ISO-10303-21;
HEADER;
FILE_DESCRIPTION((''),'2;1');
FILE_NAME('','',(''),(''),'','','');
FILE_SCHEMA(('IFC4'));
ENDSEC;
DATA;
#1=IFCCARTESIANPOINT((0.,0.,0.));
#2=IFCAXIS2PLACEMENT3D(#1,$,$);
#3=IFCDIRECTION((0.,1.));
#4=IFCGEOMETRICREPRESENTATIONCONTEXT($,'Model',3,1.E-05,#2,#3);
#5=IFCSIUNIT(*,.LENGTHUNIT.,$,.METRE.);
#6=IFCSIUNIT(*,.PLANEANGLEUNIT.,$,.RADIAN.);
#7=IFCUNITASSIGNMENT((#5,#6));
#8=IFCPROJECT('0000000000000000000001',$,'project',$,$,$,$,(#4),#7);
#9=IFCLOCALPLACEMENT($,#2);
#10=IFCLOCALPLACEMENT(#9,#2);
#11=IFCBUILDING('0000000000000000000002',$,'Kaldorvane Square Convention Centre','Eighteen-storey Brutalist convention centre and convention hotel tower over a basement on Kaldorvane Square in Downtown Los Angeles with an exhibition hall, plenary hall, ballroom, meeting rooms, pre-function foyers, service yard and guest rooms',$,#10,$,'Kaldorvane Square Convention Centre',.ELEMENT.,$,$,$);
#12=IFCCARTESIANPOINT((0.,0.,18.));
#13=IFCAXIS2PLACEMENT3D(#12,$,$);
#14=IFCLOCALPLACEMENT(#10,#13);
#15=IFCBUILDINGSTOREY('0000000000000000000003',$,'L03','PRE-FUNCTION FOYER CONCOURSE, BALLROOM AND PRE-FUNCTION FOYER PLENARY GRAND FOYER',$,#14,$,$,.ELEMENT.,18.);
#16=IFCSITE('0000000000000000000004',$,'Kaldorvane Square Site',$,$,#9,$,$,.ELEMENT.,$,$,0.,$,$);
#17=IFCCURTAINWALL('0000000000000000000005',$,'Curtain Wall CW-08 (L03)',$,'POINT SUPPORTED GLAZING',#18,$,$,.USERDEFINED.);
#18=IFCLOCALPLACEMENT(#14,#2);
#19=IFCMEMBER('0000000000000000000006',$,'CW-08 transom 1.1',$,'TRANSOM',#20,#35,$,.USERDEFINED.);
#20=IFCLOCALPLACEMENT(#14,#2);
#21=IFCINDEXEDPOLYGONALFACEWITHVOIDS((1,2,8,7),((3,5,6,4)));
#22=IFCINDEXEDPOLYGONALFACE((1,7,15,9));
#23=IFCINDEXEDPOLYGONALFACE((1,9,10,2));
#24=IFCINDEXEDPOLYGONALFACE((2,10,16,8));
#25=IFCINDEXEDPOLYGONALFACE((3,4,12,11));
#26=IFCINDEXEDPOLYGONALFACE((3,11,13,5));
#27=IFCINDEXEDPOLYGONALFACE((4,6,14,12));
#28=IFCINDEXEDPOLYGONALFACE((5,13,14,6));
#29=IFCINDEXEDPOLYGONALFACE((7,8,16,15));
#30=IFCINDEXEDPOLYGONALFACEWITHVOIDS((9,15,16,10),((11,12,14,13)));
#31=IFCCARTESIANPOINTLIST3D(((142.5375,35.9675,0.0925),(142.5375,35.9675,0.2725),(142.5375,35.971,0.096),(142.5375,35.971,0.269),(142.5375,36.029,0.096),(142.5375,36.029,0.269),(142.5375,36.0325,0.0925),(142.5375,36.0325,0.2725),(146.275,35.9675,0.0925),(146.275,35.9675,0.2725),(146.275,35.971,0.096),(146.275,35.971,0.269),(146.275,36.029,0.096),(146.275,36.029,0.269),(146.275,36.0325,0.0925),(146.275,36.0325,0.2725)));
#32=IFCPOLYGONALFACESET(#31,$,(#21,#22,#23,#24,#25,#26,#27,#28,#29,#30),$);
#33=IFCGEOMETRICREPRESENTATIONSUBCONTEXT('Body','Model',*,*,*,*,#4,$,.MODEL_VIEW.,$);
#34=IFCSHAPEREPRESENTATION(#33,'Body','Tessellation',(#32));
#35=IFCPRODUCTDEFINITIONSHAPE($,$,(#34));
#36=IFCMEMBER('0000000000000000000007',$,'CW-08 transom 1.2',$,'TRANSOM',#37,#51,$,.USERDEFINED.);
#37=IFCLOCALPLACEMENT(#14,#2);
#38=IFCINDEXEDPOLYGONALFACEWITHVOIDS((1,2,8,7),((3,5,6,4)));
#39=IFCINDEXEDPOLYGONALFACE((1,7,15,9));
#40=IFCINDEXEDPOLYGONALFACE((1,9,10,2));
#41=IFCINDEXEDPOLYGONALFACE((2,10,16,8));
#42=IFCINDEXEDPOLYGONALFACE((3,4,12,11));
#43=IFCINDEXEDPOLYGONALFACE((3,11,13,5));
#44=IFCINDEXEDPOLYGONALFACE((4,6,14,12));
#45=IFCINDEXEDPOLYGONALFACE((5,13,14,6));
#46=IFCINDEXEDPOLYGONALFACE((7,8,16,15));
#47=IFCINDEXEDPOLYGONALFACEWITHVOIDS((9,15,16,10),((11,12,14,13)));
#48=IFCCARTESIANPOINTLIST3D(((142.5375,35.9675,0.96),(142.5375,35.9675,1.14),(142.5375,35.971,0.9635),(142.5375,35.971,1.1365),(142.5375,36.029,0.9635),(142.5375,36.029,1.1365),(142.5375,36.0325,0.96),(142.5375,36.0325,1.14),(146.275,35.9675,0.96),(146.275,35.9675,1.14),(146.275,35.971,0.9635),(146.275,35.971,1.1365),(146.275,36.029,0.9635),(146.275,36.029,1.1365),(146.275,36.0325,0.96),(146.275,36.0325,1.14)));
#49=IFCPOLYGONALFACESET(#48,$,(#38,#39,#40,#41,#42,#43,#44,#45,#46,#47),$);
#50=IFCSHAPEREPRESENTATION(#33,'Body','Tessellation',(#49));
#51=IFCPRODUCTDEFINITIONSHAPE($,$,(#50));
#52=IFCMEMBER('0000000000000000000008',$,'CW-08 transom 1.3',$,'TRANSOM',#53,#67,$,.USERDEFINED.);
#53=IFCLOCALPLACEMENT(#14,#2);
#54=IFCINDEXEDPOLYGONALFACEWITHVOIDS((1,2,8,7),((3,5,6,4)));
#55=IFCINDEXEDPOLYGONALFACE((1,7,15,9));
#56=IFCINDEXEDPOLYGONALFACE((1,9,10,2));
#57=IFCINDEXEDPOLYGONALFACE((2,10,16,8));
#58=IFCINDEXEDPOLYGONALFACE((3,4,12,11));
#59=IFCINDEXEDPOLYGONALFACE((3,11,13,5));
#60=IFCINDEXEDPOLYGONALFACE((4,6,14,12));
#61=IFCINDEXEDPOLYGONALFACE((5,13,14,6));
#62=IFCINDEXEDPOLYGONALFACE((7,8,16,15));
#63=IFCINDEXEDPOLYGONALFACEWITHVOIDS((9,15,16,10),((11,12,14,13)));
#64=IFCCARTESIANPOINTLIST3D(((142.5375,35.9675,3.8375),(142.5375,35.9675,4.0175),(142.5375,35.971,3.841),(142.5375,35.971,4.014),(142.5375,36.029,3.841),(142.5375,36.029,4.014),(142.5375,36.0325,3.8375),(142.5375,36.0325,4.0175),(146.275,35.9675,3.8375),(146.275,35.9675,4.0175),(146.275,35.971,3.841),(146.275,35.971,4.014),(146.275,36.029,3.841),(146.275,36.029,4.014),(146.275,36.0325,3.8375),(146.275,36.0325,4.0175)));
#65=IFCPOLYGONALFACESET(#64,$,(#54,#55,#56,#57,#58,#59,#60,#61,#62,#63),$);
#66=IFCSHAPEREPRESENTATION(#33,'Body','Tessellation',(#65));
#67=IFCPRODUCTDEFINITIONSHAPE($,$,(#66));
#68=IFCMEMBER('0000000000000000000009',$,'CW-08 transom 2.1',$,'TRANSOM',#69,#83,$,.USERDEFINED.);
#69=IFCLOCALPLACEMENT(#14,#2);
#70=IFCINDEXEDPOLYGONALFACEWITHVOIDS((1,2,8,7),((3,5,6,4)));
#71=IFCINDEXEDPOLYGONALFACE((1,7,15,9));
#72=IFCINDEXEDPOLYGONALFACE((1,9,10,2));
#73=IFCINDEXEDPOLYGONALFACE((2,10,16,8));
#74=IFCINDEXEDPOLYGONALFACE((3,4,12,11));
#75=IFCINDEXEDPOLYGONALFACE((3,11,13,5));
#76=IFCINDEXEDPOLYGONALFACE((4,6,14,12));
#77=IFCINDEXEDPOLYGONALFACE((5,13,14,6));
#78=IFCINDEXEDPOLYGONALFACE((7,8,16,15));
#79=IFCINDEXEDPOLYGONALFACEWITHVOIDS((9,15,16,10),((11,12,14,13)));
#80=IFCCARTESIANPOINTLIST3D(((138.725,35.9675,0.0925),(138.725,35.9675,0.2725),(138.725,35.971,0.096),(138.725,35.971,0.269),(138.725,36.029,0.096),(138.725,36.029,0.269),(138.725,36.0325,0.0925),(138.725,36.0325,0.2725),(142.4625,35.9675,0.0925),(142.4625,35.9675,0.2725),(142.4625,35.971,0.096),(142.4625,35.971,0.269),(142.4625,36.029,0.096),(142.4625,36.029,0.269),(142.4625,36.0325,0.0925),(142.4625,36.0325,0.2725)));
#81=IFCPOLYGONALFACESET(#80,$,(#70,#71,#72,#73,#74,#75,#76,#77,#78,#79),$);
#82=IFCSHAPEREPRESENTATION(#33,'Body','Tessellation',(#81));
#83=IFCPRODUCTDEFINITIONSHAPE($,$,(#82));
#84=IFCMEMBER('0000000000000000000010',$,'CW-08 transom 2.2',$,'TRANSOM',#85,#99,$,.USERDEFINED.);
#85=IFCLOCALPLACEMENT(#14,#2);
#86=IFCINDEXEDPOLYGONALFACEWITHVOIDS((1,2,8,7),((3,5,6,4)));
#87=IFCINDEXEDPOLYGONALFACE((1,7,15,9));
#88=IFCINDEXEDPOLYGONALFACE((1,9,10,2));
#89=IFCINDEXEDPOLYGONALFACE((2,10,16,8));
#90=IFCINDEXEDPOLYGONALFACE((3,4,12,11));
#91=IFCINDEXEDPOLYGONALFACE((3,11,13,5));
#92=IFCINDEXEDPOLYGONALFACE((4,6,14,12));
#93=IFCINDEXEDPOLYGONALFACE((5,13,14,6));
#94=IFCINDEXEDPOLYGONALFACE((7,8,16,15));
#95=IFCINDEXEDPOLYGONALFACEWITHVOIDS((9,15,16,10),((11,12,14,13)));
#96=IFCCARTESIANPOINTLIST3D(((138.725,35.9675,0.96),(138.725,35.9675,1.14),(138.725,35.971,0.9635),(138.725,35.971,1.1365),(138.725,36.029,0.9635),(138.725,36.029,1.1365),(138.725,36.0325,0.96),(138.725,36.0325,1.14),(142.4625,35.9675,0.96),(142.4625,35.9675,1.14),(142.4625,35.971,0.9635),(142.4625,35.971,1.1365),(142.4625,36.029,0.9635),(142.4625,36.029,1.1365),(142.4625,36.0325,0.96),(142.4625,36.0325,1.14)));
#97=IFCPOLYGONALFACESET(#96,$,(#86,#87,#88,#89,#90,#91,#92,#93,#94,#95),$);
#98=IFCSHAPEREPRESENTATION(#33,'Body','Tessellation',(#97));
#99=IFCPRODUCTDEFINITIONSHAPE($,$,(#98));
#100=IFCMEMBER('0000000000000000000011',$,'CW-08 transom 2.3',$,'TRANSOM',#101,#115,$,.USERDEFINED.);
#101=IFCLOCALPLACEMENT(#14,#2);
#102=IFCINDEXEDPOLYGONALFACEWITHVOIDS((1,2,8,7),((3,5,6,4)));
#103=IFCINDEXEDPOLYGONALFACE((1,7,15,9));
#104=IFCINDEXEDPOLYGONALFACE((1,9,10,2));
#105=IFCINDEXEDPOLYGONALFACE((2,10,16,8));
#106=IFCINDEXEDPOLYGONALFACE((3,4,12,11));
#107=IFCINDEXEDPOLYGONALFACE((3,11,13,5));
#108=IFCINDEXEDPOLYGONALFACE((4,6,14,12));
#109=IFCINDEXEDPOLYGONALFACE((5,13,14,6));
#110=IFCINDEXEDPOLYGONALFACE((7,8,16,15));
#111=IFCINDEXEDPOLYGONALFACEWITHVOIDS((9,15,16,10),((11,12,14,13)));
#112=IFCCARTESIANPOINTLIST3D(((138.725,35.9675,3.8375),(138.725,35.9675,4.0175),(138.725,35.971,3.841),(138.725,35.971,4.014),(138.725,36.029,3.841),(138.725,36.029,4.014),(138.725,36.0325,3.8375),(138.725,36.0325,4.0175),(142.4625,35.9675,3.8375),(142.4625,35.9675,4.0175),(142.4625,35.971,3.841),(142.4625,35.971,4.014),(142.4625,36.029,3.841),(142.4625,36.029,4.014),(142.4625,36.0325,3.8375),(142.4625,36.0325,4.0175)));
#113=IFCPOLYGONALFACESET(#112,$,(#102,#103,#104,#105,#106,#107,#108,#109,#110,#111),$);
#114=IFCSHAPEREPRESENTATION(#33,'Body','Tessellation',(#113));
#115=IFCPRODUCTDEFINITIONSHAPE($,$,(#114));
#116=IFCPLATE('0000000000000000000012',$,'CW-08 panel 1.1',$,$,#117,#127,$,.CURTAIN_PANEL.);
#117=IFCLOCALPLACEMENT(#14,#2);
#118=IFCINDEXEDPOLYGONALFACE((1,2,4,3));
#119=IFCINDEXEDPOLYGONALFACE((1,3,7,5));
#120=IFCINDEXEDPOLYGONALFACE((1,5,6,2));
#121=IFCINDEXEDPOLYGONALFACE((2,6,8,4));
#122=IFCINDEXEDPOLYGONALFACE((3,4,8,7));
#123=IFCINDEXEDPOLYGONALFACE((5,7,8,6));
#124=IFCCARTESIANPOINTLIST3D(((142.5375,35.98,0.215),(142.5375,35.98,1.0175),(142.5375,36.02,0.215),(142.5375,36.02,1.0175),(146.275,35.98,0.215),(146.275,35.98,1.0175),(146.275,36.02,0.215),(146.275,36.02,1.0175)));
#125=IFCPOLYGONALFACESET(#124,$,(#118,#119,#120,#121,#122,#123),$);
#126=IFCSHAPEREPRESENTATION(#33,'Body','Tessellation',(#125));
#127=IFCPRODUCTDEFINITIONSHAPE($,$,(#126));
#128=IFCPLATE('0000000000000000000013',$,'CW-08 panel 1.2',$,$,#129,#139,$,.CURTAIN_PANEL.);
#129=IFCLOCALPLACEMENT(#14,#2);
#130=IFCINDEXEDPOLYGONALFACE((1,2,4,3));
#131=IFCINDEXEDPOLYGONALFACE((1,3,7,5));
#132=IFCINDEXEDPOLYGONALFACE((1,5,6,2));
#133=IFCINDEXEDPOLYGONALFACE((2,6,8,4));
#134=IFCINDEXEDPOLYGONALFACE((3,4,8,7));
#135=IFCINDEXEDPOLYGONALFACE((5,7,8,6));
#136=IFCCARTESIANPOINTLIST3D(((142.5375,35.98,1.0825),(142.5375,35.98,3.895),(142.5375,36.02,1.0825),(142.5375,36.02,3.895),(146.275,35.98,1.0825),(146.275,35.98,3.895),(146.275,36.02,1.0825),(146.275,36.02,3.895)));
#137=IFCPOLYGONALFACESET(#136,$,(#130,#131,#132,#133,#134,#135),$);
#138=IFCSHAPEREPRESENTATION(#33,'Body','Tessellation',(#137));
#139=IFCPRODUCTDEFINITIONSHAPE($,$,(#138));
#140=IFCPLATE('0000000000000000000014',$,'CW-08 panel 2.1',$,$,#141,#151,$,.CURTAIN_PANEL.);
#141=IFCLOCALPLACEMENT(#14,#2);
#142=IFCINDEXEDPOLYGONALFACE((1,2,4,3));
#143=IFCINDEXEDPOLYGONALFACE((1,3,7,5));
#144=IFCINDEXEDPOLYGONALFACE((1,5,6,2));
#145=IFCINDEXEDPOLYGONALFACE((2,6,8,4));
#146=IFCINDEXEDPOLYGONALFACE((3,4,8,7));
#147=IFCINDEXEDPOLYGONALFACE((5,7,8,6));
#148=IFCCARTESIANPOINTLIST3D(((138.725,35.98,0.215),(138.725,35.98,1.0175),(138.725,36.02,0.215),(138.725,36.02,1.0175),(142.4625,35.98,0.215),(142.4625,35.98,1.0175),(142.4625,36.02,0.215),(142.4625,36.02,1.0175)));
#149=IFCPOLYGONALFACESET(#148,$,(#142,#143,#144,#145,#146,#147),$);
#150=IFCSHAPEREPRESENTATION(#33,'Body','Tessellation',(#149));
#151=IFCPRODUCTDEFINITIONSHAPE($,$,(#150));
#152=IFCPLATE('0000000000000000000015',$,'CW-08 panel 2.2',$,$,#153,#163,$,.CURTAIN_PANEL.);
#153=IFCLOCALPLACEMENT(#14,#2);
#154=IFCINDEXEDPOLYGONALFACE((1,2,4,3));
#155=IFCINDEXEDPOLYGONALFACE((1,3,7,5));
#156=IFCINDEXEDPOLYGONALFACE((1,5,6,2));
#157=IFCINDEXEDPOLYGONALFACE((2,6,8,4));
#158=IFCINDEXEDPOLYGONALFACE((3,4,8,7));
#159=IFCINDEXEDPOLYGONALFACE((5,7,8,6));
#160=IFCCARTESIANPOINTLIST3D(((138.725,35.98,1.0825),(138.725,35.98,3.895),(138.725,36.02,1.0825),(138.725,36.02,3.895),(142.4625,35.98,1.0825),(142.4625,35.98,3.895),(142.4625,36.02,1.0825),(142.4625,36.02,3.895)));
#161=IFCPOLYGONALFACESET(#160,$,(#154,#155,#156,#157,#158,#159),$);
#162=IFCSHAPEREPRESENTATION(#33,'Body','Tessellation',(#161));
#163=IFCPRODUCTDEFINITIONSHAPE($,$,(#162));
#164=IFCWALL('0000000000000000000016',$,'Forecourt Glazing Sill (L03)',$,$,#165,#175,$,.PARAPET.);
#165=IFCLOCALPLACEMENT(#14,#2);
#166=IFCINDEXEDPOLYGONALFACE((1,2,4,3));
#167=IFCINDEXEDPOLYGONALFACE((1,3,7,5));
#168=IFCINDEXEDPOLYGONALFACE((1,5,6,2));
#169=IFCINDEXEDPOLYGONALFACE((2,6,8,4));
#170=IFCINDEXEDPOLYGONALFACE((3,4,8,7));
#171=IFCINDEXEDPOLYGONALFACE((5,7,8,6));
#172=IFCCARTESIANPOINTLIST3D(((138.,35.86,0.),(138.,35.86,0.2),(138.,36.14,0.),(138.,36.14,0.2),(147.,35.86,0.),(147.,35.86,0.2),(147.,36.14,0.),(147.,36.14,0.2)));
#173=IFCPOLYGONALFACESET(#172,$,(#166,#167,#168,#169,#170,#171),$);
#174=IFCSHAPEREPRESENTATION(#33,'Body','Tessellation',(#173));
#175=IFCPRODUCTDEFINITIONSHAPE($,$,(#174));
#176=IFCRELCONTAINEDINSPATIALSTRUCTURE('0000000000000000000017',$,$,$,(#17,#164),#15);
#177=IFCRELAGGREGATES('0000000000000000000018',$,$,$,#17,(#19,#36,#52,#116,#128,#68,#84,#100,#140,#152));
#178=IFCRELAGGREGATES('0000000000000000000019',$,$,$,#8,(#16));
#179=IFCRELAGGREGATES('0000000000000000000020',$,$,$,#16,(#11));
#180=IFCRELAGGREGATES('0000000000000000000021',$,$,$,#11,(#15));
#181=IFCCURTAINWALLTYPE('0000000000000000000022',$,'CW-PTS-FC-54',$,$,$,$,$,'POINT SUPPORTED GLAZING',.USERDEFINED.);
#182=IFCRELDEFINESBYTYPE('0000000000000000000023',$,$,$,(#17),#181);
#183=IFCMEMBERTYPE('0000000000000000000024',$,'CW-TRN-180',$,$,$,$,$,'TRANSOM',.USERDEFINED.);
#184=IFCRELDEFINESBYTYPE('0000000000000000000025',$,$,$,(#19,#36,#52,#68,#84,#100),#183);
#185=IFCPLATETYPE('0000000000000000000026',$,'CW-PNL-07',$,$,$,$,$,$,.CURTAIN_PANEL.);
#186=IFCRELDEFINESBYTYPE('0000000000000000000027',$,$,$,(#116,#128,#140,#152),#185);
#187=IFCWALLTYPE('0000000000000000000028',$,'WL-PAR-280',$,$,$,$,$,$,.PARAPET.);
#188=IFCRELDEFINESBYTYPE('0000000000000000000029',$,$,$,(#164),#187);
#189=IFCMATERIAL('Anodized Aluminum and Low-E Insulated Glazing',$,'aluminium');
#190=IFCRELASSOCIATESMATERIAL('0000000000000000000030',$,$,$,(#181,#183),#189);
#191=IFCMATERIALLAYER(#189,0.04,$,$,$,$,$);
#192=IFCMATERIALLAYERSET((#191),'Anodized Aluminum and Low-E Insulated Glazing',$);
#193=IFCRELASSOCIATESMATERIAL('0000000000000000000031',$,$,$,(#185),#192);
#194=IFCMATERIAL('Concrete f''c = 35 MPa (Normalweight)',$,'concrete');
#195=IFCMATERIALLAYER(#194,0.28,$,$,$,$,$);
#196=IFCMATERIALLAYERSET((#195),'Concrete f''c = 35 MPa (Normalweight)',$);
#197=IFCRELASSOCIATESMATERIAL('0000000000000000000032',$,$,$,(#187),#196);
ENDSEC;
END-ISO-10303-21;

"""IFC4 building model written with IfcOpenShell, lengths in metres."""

from ifc_helpers import new_model, si_unit, direction, frame, frame_2d, origin, origin_2d, place, context, subcontext, project, spatial, rectangle, hollow_rectangle, extrude, material, layer, layer_set, material_profile, profile_set, type_object, element, aggregate, save


model = new_model("IFC4")

# Units and contexts
model_context = context("Model", 3, precision=1e-05, world=origin(), true_north=direction((0.0, 1.0)))
body_context = subcontext(model_context, "Body", "Model", "MODEL_VIEW")
ifc_project = project(units=[si_unit("LENGTHUNIT", "METRE"), si_unit("PLANEANGLEUNIT", "RADIAN")], contexts=[model_context])

# Site, building, storey
site_placement = place(None, origin())
site = spatial("IfcSite", under=ifc_project, at=site_placement, Name="Kaldorvane Square Site", CompositionType="ELEMENT", RefElevation=0.0)
building_placement = place(site_placement, origin())
building = spatial("IfcBuilding", under=site, at=building_placement, Name="Kaldorvane Square Convention Centre", Description="Eighteen-storey Brutalist convention centre and convention hotel tower over a basement on Kaldorvane Square in Downtown Los Angeles with an exhibition hall, plenary hall, ballroom, meeting rooms, pre-function foyers, service yard and guest rooms", LongName="Kaldorvane Square Convention Centre", CompositionType="ELEMENT")
storey_placement = place(building_placement, frame((0.0, 0.0, 18.0)))
storey = spatial("IfcBuildingStorey", under=building, at=storey_placement, Name="L03", Description="PRE-FUNCTION FOYER CONCOURSE, BALLROOM AND PRE-FUNCTION FOYER PLENARY GRAND FOYER", CompositionType="ELEMENT", Elevation=18.0)

# Curtain wall, members, plates
ifc_material_1 = material(Name="Anodized Aluminum and Low-E Insulated Glazing", Category="aluminium")
curtain_wall_type = type_object("IfcCurtainWallType", Name="CW-PTS-FC-54", ElementType="POINT SUPPORTED GLAZING", PredefinedType="USERDEFINED", material=ifc_material_1)
curtain_wall_placement = place(storey_placement, origin())
curtain_wall = element("IfcCurtainWall", 1, at=curtain_wall_placement, inside=storey, type_object=curtain_wall_type, Name="Curtain Wall CW-08 (L03)", ObjectType="POINT SUPPORTED GLAZING", PredefinedType="USERDEFINED")
ifc_material_profile_1 = material_profile(ifc_material_1, hollow_rectangle(XDim=0.065, YDim=0.18, WallThickness=0.0035, at=origin_2d()), Name="CWT-180X65")
ifc_profile_set_1 = profile_set([ifc_material_profile_1], Name="Anodized Aluminum and Low-E Insulated Glazing")
member_type_1 = type_object("IfcMemberType", Name="CW-TRN-180", ElementType="TRANSOM", PredefinedType="USERDEFINED", material=ifc_profile_set_1)
member_1_placement = place(storey_placement, frame((146.275, 36.0, 0.1825), z_axis=(-1.0, 0.0, 0.0), x_axis=(0.0, -1.0, 0.0)))
member_1 = element("IfcMember", 2, at=member_1_placement, type_object=member_type_1, Name="CW-08 transom 1.1", ObjectType="TRANSOM", PredefinedType="USERDEFINED", context=body_context, shape_type="SweptSolid", body=[
    extrude(hollow_rectangle(XDim=0.065, YDim=0.18, WallThickness=0.0035, at=origin_2d()), origin(), (0.0, 0.0, 1.0), 3.7375),
])
member_2_placement = place(storey_placement, frame((146.275, 36.0, 1.05), z_axis=(-1.0, 0.0, 0.0), x_axis=(0.0, -1.0, 0.0)))
member_2 = element("IfcMember", 3, at=member_2_placement, type_object=member_type_1, Name="CW-08 transom 1.2", ObjectType="TRANSOM", PredefinedType="USERDEFINED", context=body_context, shape_type="SweptSolid", body=[
    extrude(hollow_rectangle(XDim=0.065, YDim=0.18, WallThickness=0.0035, at=origin_2d()), origin(), (0.0, 0.0, 1.0), 3.7375),
])
member_3_placement = place(storey_placement, frame((146.275, 36.0, 3.9275), z_axis=(-1.0, 0.0, 0.0), x_axis=(0.0, -1.0, 0.0)))
member_3 = element("IfcMember", 4, at=member_3_placement, type_object=member_type_1, Name="CW-08 transom 1.3", ObjectType="TRANSOM", PredefinedType="USERDEFINED", context=body_context, shape_type="SweptSolid", body=[
    extrude(hollow_rectangle(XDim=0.065, YDim=0.18, WallThickness=0.0035, at=origin_2d()), origin(), (0.0, 0.0, 1.0), 3.7375),
])
member_4_placement = place(storey_placement, frame((142.4625, 36.0, 0.1825), z_axis=(-1.0, 0.0, 0.0), x_axis=(0.0, -1.0, 0.0)))
member_4 = element("IfcMember", 5, at=member_4_placement, type_object=member_type_1, Name="CW-08 transom 2.1", ObjectType="TRANSOM", PredefinedType="USERDEFINED", context=body_context, shape_type="SweptSolid", body=[
    extrude(hollow_rectangle(XDim=0.065, YDim=0.18, WallThickness=0.0035, at=origin_2d()), origin(), (0.0, 0.0, 1.0), 3.7375),
])
member_5_placement = place(storey_placement, frame((142.4625, 36.0, 1.05), z_axis=(-1.0, 0.0, 0.0), x_axis=(0.0, -1.0, 0.0)))
member_5 = element("IfcMember", 6, at=member_5_placement, type_object=member_type_1, Name="CW-08 transom 2.2", ObjectType="TRANSOM", PredefinedType="USERDEFINED", context=body_context, shape_type="SweptSolid", body=[
    extrude(hollow_rectangle(XDim=0.065, YDim=0.18, WallThickness=0.0035, at=origin_2d()), origin(), (0.0, 0.0, 1.0), 3.7375),
])
member_6_placement = place(storey_placement, frame((142.4625, 36.0, 3.9275), z_axis=(-1.0, 0.0, 0.0), x_axis=(0.0, -1.0, 0.0)))
member_6 = element("IfcMember", 7, at=member_6_placement, type_object=member_type_1, Name="CW-08 transom 2.3", ObjectType="TRANSOM", PredefinedType="USERDEFINED", context=body_context, shape_type="SweptSolid", body=[
    extrude(hollow_rectangle(XDim=0.065, YDim=0.18, WallThickness=0.0035, at=origin_2d()), origin(), (0.0, 0.0, 1.0), 3.7375),
])
ifc_layer_1 = layer(ifc_material_1, 0.04)
ifc_layer_set_1 = layer_set([ifc_layer_1], Name="Anodized Aluminum and Low-E Insulated Glazing")
plate_type = type_object("IfcPlateType", Name="CW-PNL-07", PredefinedType="CURTAIN_PANEL", material=ifc_layer_set_1)
plate_1_placement = place(storey_placement, frame((144.4062, 36.0, 0.215), z_axis=(0.0, 0.0, 1.0), x_axis=(-1.0, 0.0, 0.0)))
plate_1 = element("IfcPlate", 8, at=plate_1_placement, type_object=plate_type, Name="CW-08 panel 1.1", PredefinedType="CURTAIN_PANEL", context=body_context, shape_type="SweptSolid", body=[
    extrude(rectangle(XDim=3.7375, YDim=0.04, at=origin_2d()), origin(), (0.0, 0.0, 1.0), 0.8025),
])
plate_2_placement = place(storey_placement, frame((144.4062, 36.0, 1.0825), z_axis=(0.0, 0.0, 1.0), x_axis=(-1.0, 0.0, 0.0)))
plate_2 = element("IfcPlate", 9, at=plate_2_placement, type_object=plate_type, Name="CW-08 panel 1.2", PredefinedType="CURTAIN_PANEL", context=body_context, shape_type="SweptSolid", body=[
    extrude(rectangle(XDim=3.7375, YDim=0.04, at=origin_2d()), origin(), (0.0, 0.0, 1.0), 2.8125),
])
plate_3_placement = place(storey_placement, frame((140.5938, 36.0, 0.215), z_axis=(0.0, 0.0, 1.0), x_axis=(-1.0, 0.0, 0.0)))
plate_3 = element("IfcPlate", 10, at=plate_3_placement, type_object=plate_type, Name="CW-08 panel 2.1", PredefinedType="CURTAIN_PANEL", context=body_context, shape_type="SweptSolid", body=[
    extrude(rectangle(XDim=3.7375, YDim=0.04, at=origin_2d()), origin(), (0.0, 0.0, 1.0), 0.8025),
])
plate_4_placement = place(storey_placement, frame((140.5938, 36.0, 1.0825), z_axis=(0.0, 0.0, 1.0), x_axis=(-1.0, 0.0, 0.0)))
plate_4 = element("IfcPlate", 11, at=plate_4_placement, type_object=plate_type, Name="CW-08 panel 2.2", PredefinedType="CURTAIN_PANEL", context=body_context, shape_type="SweptSolid", body=[
    extrude(rectangle(XDim=3.7375, YDim=0.04, at=origin_2d()), origin(), (0.0, 0.0, 1.0), 2.8125),
])
aggregate(curtain_wall, [member_1, member_2, member_3, plate_1, plate_2, member_4, member_5, member_6, plate_3, plate_4])

# Wall
ifc_material_2 = material(Name="Concrete f'c = 35 MPa (Normalweight)", Category="concrete")
ifc_layer_2 = layer(ifc_material_2, 0.28)
ifc_layer_set_2 = layer_set([ifc_layer_2], Name="Concrete f'c = 35 MPa (Normalweight)")
wall_type = type_object("IfcWallType", Name="WL-PAR-280", PredefinedType="PARAPET", material=ifc_layer_set_2)
wall_placement = place(storey_placement, frame((147.0, 36.0, 0.0), z_axis=(0.0, 0.0, 1.0), x_axis=(-1.0, 0.0, 0.0)))
element("IfcWall", 12, at=wall_placement, inside=storey, type_object=wall_type, Name="Forecourt Glazing Sill (L03)", PredefinedType="PARAPET", context=body_context, shape_type="SweptSolid", body=[
    extrude(rectangle(XDim=9.0, YDim=0.28, at=frame_2d((4.5, 0.0))), origin(), (0.0, 0.0, 1.0), 0.2),
])

save(model, "model.ifc")
